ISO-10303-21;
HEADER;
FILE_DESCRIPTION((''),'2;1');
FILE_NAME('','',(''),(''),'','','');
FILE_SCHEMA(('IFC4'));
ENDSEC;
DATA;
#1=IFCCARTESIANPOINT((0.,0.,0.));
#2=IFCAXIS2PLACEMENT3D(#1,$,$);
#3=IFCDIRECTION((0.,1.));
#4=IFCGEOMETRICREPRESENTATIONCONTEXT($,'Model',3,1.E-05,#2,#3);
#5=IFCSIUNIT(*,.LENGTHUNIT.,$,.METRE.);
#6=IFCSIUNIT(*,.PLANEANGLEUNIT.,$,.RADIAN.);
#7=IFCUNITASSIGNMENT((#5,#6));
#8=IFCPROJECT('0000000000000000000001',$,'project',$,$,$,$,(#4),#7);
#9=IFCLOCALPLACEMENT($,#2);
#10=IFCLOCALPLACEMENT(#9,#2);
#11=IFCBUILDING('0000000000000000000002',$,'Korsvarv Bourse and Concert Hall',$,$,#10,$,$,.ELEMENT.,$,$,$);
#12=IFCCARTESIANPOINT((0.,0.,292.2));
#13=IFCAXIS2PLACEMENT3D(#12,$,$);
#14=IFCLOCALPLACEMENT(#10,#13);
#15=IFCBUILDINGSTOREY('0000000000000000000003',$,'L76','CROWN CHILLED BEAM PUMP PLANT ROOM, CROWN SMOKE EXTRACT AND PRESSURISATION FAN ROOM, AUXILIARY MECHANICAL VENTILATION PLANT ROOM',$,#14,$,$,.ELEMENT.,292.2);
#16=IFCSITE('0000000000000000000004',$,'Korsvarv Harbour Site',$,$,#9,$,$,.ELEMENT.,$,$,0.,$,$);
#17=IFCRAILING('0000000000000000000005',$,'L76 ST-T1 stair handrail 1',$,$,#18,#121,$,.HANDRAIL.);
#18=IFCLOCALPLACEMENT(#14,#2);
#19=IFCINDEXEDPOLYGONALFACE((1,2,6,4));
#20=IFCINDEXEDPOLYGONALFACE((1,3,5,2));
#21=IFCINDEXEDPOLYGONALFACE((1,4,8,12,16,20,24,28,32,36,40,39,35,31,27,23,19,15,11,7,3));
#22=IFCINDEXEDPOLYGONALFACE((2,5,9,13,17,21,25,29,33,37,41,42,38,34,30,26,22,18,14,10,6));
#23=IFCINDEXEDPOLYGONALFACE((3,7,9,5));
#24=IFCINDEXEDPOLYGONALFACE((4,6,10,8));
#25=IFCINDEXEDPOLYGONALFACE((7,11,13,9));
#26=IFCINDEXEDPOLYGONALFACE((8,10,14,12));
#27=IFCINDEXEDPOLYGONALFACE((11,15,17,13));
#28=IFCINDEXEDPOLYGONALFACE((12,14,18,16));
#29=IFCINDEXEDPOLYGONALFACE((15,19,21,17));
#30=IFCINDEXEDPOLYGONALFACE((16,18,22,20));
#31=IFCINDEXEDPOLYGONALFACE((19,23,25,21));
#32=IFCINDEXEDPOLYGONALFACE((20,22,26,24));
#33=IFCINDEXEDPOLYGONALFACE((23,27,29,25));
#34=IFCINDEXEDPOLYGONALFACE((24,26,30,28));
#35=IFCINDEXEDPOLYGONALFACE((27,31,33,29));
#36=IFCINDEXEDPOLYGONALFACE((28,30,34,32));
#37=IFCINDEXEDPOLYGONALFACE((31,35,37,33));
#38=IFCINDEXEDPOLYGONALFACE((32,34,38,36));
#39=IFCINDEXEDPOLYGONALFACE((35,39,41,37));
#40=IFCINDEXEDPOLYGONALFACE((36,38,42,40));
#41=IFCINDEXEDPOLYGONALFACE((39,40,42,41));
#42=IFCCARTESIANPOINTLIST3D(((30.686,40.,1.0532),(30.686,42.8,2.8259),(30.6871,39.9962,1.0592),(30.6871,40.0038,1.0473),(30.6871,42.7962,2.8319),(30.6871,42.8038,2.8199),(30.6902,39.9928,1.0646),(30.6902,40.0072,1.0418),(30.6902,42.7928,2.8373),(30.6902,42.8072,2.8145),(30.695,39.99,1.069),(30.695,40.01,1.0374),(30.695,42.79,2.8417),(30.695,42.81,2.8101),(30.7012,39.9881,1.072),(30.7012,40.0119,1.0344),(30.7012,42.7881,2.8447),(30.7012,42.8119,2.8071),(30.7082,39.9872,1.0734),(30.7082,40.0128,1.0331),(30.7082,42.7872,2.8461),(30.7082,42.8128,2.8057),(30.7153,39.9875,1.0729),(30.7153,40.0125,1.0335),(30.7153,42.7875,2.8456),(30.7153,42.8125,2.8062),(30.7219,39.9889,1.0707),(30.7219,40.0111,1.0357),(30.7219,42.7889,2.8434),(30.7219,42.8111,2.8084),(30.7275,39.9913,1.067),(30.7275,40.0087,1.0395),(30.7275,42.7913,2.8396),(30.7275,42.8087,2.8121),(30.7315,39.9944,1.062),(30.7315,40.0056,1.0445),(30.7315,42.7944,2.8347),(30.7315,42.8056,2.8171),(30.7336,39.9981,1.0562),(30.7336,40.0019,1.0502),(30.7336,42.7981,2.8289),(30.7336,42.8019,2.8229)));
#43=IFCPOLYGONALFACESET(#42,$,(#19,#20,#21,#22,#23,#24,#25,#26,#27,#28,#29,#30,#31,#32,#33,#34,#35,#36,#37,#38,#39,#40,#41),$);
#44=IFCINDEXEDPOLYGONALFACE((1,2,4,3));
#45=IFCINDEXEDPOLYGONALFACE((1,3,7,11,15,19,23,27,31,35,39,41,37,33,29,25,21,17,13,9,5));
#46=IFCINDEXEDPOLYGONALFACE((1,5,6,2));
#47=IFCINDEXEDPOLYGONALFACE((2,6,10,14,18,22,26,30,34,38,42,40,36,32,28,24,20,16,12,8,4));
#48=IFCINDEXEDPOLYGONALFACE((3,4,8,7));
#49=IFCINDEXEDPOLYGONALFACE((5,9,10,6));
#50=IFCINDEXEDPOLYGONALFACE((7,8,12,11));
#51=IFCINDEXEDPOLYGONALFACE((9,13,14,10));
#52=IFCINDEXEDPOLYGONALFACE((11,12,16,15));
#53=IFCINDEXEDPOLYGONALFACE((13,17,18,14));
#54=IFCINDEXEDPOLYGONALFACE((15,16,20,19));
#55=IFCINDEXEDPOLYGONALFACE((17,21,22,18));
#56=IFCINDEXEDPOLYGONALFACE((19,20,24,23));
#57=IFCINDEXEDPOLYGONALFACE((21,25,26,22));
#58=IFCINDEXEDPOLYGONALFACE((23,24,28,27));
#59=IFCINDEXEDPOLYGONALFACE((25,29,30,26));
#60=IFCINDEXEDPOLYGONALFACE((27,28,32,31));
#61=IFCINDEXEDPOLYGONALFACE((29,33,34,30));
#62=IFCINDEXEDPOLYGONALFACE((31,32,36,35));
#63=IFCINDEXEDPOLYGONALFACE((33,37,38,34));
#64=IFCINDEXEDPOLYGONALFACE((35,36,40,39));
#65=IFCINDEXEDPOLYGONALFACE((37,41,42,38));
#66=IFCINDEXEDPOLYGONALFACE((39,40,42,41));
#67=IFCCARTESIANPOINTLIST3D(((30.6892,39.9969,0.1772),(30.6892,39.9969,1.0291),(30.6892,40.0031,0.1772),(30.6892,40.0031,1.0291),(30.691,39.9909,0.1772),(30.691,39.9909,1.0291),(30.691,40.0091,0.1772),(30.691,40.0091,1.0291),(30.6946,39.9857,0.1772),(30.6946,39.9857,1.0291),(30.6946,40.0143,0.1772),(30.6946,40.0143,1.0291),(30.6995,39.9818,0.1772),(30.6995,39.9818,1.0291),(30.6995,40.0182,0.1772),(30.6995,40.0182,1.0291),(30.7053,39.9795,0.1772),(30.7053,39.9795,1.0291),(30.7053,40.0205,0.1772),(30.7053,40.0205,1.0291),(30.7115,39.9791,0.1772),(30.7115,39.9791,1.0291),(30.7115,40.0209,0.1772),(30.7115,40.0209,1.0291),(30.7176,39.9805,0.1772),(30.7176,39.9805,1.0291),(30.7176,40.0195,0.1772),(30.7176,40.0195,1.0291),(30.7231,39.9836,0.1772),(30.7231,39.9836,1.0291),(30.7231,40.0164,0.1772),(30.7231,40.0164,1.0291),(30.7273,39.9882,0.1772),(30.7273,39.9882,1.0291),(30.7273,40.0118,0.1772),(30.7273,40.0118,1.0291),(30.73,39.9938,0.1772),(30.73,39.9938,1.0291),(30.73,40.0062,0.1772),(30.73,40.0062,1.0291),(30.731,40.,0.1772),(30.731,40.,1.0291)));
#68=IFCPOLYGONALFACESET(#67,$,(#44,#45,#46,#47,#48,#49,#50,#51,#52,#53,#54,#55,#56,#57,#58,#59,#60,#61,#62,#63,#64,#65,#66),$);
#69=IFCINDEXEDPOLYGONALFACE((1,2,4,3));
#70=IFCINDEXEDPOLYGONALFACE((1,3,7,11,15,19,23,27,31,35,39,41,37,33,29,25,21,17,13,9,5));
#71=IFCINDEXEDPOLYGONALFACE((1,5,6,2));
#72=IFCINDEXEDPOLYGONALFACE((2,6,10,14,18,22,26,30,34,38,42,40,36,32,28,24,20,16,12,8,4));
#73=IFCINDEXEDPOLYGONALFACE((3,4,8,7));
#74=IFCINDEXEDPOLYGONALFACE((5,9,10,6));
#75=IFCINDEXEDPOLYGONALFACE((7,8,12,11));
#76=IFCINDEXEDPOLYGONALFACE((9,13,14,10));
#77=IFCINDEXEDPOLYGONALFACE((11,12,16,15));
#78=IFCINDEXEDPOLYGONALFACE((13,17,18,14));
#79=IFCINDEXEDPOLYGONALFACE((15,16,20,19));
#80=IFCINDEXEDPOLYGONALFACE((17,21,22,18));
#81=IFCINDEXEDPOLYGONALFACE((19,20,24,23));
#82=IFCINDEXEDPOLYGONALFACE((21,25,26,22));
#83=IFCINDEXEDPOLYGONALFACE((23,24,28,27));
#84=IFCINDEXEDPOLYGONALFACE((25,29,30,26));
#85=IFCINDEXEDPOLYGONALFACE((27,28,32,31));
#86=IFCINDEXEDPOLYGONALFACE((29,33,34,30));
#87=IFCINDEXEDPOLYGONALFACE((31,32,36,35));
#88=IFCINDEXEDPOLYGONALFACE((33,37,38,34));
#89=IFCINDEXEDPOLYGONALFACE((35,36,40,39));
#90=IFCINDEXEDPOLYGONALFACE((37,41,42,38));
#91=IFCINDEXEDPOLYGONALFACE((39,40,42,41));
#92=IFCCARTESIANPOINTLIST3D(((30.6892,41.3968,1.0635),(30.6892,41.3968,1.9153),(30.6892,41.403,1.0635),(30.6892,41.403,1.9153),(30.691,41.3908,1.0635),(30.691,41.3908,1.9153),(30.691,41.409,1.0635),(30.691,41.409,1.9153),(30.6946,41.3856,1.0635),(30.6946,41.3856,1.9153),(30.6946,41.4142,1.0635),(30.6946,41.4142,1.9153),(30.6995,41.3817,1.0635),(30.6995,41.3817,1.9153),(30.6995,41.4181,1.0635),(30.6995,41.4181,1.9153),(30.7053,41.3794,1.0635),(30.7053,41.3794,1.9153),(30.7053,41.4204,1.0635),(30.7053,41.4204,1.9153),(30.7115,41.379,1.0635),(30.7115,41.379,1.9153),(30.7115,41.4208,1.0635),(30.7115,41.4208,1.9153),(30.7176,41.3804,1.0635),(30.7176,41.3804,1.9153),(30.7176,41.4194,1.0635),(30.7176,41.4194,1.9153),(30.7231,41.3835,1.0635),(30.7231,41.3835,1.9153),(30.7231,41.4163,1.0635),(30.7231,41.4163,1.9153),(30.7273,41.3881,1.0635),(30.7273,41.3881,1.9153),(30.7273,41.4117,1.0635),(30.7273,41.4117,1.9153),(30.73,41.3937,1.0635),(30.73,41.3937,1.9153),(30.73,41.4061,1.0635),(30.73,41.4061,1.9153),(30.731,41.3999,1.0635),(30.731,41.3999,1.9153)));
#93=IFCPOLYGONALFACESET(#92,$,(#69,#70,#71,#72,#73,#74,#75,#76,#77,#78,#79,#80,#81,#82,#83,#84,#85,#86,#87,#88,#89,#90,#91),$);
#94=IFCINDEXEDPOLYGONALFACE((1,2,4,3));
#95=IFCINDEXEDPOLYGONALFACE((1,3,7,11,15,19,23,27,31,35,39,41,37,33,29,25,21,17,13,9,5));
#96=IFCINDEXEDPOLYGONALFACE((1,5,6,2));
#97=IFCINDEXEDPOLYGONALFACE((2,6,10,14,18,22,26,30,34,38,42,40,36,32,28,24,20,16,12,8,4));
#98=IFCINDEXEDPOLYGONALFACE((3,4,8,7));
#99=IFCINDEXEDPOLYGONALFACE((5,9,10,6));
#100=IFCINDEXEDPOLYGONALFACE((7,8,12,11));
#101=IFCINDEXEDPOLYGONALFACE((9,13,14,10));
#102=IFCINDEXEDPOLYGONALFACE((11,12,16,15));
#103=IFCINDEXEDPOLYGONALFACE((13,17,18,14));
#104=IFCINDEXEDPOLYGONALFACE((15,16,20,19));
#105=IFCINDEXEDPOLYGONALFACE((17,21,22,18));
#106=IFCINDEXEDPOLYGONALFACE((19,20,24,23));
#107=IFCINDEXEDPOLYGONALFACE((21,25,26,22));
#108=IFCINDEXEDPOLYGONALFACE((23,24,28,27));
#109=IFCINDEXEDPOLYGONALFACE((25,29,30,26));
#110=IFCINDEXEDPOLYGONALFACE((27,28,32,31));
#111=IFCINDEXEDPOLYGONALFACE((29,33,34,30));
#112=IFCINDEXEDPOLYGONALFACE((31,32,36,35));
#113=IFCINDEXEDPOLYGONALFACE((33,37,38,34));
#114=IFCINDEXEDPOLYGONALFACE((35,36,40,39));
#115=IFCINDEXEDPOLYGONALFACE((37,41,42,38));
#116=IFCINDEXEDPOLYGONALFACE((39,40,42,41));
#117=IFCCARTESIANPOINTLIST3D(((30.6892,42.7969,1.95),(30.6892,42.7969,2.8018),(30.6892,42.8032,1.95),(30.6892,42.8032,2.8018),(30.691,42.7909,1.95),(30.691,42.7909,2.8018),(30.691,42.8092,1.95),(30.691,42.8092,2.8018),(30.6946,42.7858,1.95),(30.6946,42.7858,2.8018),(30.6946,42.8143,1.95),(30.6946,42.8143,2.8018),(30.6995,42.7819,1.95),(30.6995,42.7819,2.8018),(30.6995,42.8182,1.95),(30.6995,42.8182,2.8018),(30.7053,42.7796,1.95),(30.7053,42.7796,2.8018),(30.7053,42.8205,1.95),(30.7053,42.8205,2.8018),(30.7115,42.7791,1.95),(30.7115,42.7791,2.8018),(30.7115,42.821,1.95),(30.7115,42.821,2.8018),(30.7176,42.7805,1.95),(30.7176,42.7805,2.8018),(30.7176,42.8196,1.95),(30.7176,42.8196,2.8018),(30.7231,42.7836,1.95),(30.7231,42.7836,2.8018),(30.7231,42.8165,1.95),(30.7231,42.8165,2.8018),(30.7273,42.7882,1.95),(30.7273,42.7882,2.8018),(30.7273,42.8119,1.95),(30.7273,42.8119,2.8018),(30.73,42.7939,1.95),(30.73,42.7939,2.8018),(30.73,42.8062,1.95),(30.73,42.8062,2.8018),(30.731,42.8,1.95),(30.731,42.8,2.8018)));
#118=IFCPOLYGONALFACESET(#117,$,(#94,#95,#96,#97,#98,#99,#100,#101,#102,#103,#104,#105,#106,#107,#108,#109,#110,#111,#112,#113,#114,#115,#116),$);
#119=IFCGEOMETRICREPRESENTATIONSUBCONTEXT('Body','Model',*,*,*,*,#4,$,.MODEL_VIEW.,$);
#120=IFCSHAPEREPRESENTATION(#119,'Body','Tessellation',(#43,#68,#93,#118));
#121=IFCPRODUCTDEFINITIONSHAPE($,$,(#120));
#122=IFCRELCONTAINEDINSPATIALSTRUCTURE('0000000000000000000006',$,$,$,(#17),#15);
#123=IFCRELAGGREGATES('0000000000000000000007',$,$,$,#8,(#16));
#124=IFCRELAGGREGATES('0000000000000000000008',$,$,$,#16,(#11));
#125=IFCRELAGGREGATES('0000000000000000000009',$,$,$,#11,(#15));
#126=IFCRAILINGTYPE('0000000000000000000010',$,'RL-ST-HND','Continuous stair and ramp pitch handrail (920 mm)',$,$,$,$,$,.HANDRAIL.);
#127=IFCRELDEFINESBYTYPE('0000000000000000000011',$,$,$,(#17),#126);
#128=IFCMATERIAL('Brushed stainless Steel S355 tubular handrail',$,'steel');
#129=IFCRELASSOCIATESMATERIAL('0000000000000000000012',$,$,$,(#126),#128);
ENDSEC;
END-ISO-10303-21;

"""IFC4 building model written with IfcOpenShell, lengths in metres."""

from ifc_helpers import new_model, si_unit, direction, frame, origin, origin_2d, place, context, subcontext, project, spatial, circle, extrude, material, type_object, element, save


model = new_model("IFC4")

# Units and contexts
model_context = context("Model", 3, precision=1e-05, world=origin(), true_north=direction((0.0, 1.0)))
body_context = subcontext(model_context, "Body", "Model", "MODEL_VIEW")
ifc_project = project(units=[si_unit("LENGTHUNIT", "METRE"), si_unit("PLANEANGLEUNIT", "RADIAN")], contexts=[model_context])

# Site, building, storey
site_placement = place(None, origin())
site = spatial("IfcSite", under=ifc_project, at=site_placement, Name="Korsvarv Harbour Site", CompositionType="ELEMENT", RefElevation=0.0)
building_placement = place(site_placement, origin())
building = spatial("IfcBuilding", under=site, at=building_placement, Name="Korsvarv Bourse and Concert Hall", CompositionType="ELEMENT")
storey_placement = place(building_placement, frame((0.0, 0.0, 292.2)))
storey = spatial("IfcBuildingStorey", under=building, at=storey_placement, Name="L76", Description="CROWN CHILLED BEAM PUMP PLANT ROOM, CROWN SMOKE EXTRACT AND PRESSURISATION FAN ROOM, AUXILIARY MECHANICAL VENTILATION PLANT ROOM", CompositionType="ELEMENT", Elevation=292.2)

# Railing
ifc_material_1 = material(Name="Brushed stainless Steel S355 tubular handrail", Category="steel")
railing_type_1 = type_object("IfcRailingType", Name="RL-ST-HND", Description="Continuous stair and ramp pitch handrail (920 mm)", PredefinedType="HANDRAIL", material=ifc_material_1)
railing_1_placement = place(storey_placement, frame((30.71, 40.0, 0.1772)))
element("IfcRailing", 1, at=railing_1_placement, inside=storey, type_object=railing_type_1, Name="L76 ST-T1 stair handrail 1", PredefinedType="HANDRAIL", context=body_context, shape_type="SweptSolid", body=[
    extrude(circle(Radius=0.0239, at=origin_2d()), frame((0.0, 0.0, 0.876), z_axis=(0.0, 0.844909, 0.53491), x_axis=(-1.0, 0.0, 0.0)), (0.0, 0.0, 1.0), 3.314),
    extrude(circle(Radius=0.021, at=origin_2d()), origin(), (0.0, 0.0, 1.0), 0.8518),
    extrude(circle(Radius=0.021, at=origin_2d()), frame((0.0, 1.3999, 0.8862)), (0.0, 0.0, 1.0), 0.8518),
    extrude(circle(Radius=0.021, at=origin_2d()), frame((0.0, 2.8, 1.7727)), (0.0, 0.0, 1.0), 0.8518),
])

save(model, "model.ifc")
